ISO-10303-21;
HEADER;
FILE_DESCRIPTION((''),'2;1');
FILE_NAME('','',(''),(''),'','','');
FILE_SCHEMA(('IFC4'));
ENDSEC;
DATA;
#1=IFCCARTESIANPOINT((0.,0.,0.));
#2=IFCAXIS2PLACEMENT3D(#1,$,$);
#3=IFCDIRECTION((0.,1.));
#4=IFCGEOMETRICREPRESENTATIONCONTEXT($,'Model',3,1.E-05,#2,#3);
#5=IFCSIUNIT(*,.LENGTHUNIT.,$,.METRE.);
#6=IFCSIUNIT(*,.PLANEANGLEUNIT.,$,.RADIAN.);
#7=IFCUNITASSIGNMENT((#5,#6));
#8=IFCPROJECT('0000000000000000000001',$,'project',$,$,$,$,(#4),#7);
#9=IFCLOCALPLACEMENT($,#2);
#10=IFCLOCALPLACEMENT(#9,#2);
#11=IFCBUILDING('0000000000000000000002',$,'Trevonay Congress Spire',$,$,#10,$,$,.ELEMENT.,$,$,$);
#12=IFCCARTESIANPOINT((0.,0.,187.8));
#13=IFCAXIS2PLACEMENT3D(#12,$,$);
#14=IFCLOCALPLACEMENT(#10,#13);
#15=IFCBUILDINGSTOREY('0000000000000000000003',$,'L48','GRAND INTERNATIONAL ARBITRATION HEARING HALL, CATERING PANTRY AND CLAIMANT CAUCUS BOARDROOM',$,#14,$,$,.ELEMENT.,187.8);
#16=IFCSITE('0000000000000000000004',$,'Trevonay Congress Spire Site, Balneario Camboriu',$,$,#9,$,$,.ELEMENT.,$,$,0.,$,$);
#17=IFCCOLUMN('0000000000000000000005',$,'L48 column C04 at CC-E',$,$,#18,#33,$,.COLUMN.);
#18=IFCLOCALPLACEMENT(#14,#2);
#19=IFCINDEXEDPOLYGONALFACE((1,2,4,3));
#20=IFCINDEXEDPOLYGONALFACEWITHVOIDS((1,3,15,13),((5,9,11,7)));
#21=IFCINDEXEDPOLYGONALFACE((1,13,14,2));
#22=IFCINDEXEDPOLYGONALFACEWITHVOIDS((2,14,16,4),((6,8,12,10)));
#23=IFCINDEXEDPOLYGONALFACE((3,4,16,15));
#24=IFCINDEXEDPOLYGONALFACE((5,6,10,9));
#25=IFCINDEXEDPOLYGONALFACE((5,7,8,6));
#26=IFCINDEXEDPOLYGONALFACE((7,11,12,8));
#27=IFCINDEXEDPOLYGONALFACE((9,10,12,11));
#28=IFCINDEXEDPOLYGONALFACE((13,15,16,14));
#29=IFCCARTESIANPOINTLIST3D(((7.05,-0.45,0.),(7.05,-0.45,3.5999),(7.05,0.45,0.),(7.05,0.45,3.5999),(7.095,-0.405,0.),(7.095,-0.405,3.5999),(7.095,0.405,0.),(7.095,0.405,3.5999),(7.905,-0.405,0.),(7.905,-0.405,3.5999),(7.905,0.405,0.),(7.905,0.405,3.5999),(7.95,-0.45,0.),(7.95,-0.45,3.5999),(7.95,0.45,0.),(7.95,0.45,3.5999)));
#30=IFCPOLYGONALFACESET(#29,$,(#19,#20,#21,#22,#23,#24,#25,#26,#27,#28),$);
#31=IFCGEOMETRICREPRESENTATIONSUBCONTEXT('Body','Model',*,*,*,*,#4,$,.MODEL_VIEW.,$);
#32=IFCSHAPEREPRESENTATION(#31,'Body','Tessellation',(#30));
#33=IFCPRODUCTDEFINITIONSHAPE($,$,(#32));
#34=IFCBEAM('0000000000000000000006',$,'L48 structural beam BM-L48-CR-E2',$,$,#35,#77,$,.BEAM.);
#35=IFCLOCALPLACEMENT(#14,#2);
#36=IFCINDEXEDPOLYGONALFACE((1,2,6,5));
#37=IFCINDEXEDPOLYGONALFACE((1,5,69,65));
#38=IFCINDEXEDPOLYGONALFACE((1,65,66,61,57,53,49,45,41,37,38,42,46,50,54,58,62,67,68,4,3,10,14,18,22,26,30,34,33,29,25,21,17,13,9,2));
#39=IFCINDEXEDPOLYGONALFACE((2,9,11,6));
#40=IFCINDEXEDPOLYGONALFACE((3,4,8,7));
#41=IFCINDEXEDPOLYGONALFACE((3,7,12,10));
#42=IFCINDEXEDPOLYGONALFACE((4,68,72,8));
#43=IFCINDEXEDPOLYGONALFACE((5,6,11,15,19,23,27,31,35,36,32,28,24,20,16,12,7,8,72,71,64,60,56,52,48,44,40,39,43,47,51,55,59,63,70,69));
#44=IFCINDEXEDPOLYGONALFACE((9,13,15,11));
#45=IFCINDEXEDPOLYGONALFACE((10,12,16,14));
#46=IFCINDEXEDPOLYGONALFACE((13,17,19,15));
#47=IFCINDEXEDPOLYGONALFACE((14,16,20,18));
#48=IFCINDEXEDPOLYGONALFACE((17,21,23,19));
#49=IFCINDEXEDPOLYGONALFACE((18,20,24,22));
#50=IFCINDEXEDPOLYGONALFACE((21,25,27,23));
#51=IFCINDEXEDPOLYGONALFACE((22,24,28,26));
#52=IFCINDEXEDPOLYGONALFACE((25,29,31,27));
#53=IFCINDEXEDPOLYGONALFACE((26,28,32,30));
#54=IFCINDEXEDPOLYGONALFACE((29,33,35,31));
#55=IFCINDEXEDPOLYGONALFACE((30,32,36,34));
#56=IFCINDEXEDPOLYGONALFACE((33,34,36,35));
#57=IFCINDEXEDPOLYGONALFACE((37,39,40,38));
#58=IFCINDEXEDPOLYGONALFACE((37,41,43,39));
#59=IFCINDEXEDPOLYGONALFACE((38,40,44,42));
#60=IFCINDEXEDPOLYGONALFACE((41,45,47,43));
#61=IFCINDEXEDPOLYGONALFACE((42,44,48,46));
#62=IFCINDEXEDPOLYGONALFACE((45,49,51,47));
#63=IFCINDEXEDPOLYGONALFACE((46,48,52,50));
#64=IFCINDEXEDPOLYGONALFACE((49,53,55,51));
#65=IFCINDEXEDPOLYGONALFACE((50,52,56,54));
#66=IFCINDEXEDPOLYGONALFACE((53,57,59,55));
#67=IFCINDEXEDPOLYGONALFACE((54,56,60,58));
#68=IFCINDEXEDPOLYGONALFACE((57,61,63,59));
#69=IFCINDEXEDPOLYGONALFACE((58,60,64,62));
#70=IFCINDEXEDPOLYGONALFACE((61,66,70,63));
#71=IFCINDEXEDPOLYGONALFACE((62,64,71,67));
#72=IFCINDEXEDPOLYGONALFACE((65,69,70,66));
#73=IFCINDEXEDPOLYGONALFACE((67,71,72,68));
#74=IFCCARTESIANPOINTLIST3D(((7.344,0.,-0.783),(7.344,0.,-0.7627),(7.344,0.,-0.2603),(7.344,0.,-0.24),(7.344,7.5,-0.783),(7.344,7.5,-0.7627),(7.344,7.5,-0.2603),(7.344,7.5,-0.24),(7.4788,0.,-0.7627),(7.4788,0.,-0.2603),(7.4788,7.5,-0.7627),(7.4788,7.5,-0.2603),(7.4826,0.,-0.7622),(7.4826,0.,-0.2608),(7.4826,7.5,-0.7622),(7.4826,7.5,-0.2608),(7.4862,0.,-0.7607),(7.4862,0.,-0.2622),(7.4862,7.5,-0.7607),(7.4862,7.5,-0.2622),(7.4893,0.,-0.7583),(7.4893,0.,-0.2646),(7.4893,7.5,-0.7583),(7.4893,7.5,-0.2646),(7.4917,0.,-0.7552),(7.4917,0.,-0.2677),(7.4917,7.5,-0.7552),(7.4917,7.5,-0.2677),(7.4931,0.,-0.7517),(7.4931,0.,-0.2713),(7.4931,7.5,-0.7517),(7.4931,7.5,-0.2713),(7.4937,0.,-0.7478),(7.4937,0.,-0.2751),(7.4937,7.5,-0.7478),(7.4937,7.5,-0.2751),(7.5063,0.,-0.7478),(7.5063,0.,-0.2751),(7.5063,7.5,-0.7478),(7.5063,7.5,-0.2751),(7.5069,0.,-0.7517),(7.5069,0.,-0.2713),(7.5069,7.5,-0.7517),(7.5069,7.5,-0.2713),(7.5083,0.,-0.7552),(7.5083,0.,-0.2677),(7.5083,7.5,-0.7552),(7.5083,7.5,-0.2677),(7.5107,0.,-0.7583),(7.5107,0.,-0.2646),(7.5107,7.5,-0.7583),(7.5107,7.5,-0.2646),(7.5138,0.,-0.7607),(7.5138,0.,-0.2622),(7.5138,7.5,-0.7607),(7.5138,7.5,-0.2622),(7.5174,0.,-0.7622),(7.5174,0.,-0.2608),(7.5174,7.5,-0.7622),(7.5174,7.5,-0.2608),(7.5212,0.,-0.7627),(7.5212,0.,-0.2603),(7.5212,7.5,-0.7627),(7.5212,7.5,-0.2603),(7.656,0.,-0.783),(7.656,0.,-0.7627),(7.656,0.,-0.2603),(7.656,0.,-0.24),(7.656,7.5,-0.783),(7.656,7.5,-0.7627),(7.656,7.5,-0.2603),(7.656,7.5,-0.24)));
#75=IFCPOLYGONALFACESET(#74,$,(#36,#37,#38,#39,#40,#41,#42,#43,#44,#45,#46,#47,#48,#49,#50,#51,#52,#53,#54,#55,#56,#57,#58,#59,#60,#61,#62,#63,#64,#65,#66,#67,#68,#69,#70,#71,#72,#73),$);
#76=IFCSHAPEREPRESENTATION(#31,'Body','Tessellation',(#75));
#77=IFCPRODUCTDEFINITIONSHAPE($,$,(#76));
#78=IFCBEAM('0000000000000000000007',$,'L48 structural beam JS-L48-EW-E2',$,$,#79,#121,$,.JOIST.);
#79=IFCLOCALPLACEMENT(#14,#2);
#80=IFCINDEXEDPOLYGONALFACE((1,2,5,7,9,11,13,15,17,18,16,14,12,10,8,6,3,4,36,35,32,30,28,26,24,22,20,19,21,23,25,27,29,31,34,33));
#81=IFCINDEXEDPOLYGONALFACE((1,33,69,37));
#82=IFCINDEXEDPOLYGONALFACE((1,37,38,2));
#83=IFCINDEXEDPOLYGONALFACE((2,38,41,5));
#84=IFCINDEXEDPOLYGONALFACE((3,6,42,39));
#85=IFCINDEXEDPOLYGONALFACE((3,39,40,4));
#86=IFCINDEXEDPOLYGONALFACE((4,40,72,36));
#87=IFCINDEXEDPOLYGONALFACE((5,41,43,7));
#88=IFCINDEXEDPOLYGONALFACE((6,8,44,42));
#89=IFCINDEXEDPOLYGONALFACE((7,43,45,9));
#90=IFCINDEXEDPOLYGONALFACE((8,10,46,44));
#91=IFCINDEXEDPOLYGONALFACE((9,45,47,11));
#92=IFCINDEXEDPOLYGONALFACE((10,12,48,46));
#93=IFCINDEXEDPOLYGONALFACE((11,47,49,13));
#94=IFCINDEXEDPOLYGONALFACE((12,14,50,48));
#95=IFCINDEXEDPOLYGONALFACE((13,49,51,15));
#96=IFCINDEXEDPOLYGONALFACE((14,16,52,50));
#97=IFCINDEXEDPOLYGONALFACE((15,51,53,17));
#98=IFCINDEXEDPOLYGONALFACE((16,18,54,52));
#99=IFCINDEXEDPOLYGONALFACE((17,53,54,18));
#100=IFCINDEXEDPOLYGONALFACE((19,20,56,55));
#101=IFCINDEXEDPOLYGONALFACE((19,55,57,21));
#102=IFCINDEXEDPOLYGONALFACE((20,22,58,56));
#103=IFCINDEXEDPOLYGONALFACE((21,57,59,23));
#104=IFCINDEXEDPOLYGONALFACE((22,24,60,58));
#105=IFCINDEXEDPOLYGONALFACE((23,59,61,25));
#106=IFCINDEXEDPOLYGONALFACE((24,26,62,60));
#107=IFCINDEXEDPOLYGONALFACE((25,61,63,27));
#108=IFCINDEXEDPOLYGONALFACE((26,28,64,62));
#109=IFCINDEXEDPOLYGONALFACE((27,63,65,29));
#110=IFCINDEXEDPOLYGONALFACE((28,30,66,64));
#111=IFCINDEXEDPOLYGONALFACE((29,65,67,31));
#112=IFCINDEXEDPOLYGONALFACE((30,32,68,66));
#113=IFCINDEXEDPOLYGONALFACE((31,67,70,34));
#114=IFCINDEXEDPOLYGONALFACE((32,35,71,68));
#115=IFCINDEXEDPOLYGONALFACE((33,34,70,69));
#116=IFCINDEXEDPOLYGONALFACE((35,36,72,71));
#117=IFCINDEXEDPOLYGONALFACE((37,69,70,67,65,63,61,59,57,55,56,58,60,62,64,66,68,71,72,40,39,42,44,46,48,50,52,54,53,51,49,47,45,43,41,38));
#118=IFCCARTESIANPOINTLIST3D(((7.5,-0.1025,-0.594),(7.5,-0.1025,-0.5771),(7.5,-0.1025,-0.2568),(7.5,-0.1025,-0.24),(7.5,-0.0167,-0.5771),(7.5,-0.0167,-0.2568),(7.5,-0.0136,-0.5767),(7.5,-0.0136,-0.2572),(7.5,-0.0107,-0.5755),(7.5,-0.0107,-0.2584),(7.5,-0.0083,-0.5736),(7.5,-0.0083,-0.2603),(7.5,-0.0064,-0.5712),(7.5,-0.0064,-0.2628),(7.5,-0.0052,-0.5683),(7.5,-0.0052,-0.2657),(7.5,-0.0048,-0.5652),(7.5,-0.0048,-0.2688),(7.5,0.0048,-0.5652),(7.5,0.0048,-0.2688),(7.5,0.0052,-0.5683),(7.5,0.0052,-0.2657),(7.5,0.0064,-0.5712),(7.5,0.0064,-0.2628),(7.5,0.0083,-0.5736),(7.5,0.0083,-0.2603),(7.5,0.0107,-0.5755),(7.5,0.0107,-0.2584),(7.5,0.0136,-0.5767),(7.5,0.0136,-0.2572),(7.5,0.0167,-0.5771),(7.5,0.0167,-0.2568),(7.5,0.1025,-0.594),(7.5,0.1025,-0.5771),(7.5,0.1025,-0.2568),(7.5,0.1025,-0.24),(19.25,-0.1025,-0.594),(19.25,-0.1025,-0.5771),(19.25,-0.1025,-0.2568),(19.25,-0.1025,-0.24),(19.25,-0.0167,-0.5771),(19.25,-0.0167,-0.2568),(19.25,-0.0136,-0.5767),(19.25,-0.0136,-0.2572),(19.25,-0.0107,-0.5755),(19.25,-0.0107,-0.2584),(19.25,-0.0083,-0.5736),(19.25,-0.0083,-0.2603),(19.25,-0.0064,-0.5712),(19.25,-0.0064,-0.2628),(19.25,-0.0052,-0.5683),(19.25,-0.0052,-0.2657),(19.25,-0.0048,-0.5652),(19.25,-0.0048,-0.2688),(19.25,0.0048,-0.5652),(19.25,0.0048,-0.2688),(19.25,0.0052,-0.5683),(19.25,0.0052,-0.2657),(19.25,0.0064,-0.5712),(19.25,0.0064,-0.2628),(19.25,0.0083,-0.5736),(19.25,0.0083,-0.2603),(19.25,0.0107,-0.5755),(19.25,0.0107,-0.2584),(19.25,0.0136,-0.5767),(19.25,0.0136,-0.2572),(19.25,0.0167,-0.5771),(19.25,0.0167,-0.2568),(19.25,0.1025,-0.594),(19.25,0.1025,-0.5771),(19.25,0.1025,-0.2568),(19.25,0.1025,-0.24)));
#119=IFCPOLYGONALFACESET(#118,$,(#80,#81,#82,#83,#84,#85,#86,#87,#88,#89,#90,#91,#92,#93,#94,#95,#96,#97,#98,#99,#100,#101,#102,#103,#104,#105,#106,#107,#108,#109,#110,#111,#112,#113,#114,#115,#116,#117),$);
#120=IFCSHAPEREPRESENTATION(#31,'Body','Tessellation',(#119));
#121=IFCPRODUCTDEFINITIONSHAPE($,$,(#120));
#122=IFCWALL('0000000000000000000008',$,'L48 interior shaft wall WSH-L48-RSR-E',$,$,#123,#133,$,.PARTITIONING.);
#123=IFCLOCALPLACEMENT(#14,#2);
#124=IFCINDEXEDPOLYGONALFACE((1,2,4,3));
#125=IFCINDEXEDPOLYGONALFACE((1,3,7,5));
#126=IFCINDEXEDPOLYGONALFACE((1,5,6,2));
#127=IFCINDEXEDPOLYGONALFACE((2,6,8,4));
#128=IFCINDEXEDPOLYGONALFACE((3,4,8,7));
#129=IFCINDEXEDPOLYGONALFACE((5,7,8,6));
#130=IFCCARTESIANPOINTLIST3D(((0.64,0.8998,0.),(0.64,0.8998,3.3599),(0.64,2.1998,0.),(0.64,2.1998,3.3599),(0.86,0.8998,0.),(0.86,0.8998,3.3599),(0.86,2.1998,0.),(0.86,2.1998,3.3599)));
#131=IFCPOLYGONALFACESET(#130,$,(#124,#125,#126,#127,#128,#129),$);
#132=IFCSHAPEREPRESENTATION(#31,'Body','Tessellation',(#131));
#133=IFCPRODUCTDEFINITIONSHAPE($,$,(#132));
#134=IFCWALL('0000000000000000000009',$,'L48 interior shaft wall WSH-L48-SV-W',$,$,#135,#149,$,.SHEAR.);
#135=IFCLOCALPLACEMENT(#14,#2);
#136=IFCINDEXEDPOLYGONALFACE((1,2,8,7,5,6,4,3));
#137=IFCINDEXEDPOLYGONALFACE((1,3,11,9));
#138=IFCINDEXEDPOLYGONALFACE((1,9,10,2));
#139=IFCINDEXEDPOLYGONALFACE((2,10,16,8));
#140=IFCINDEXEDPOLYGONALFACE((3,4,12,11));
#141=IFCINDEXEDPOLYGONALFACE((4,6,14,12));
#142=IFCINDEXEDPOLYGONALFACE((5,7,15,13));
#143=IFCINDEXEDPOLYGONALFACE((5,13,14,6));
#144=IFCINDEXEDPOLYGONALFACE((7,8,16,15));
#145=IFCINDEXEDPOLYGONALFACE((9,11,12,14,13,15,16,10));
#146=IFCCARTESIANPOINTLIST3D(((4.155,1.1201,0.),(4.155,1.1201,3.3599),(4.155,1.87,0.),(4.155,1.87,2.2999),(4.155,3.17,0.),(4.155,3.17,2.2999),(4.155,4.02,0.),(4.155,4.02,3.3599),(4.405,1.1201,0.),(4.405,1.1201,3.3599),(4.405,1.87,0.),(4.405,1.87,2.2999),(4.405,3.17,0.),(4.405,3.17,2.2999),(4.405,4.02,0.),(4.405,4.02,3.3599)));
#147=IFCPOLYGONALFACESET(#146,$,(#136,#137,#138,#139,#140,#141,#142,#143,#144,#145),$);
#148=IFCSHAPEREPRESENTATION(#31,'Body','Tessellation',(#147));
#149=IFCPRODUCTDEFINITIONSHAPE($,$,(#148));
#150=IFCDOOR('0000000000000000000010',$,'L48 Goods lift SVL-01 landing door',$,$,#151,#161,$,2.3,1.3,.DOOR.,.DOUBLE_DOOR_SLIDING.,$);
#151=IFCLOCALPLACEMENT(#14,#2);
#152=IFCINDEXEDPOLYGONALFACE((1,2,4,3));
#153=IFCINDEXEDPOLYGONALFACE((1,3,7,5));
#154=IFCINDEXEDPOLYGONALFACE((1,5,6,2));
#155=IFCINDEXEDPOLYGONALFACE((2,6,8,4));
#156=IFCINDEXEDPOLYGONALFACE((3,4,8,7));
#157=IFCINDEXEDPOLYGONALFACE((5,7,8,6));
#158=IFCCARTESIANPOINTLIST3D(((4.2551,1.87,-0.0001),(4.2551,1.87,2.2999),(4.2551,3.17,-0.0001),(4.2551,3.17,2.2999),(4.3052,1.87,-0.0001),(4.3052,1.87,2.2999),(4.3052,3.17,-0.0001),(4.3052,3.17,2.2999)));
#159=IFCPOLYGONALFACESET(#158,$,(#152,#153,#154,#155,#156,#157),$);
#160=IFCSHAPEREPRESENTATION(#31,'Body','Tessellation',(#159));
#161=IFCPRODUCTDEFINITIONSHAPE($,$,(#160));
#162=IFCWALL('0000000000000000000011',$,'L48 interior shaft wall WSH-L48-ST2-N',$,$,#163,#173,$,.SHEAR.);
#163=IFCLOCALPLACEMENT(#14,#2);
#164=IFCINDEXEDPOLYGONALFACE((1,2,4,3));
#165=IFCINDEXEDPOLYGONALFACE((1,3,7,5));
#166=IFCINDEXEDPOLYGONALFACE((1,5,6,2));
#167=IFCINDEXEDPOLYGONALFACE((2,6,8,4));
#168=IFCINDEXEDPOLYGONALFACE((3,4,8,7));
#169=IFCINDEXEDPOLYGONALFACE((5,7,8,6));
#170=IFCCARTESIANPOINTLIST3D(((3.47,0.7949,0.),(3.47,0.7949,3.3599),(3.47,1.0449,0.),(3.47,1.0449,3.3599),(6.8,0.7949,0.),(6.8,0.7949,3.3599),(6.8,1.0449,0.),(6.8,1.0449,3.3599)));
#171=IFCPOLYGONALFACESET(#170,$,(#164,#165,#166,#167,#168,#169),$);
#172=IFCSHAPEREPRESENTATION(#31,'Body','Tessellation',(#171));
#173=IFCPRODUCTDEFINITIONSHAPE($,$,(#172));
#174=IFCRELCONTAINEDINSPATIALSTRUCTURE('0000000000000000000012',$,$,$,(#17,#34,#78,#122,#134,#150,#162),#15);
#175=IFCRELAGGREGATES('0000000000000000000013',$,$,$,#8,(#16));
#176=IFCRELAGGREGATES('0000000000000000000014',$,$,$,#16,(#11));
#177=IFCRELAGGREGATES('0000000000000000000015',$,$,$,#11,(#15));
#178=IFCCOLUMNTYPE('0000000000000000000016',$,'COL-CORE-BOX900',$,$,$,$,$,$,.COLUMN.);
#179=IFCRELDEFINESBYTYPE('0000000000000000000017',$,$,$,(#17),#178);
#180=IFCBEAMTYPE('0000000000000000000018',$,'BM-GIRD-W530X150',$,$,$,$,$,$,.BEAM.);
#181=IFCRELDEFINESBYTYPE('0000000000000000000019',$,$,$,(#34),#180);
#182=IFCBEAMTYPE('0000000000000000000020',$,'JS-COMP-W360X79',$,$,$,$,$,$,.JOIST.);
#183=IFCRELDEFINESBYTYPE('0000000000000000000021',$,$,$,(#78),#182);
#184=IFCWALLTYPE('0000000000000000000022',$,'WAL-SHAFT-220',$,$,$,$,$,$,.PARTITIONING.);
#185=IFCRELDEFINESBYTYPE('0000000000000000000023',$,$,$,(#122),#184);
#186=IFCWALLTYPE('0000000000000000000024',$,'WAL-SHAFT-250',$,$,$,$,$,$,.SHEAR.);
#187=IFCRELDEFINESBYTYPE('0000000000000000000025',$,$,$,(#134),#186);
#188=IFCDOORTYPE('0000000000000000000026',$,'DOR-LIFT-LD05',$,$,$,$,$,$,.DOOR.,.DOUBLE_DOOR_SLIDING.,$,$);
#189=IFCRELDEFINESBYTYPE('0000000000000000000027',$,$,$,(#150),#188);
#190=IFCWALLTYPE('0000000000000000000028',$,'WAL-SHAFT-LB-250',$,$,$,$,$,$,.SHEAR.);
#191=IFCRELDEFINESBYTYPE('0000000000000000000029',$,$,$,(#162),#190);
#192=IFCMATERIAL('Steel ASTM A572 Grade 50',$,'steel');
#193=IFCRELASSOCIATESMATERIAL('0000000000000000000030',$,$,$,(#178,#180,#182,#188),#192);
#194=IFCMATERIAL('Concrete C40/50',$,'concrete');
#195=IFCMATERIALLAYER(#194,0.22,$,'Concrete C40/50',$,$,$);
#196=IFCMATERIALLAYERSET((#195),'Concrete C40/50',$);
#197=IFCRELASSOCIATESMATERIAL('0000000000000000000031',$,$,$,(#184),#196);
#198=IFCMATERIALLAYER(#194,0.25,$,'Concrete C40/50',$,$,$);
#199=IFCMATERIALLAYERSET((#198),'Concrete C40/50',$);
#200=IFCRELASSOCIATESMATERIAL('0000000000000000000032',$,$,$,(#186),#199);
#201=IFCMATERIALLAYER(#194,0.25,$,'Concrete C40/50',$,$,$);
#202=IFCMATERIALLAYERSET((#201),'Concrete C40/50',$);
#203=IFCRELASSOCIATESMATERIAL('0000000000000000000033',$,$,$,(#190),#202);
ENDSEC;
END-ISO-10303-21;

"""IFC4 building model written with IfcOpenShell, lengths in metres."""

from ifc_helpers import new_model, si_unit, direction, frame, frame_2d, origin, origin_2d, place, context, subcontext, project, spatial, rectangle, hollow_rectangle, i_section, extrude, material, layer, layer_set, material_profile, profile_set, type_object, element, fill, save


model = new_model("IFC4")

# Units and contexts
model_context = context("Model", 3, precision=1e-05, world=origin(), true_north=direction((0.0, 1.0)))
body_context = subcontext(model_context, "Body", "Model", "MODEL_VIEW")
ifc_project = project(units=[si_unit("LENGTHUNIT", "METRE"), si_unit("PLANEANGLEUNIT", "RADIAN")], contexts=[model_context])

# Site, building, storey
site_placement = place(None, origin())
site = spatial("IfcSite", under=ifc_project, at=site_placement, Name="Trevonay Congress Spire Site, Balneario Camboriu", CompositionType="ELEMENT", RefElevation=0.0)
building_placement = place(site_placement, origin())
building = spatial("IfcBuilding", under=site, at=building_placement, Name="Trevonay Congress Spire", CompositionType="ELEMENT")
storey_placement = place(building_placement, frame((0.0, 0.0, 187.8)))
storey = spatial("IfcBuildingStorey", under=building, at=storey_placement, Name="L48", Description="GRAND INTERNATIONAL ARBITRATION HEARING HALL, CATERING PANTRY AND CLAIMANT CAUCUS BOARDROOM", CompositionType="ELEMENT", Elevation=187.8)

# Column
ifc_material_1 = material(Name="Steel ASTM A572 Grade 50", Category="steel")
ifc_material_profile_1 = material_profile(ifc_material_1, hollow_rectangle(XDim=0.8999, YDim=0.8999, WallThickness=0.0449, at=origin_2d()), Name="BOX 900x900x45")
ifc_profile_set_1 = profile_set([ifc_material_profile_1], Name="Steel ASTM A572 Grade 50")
column_type = type_object("IfcColumnType", Name="COL-CORE-BOX900", PredefinedType="COLUMN", material=ifc_profile_set_1)
column_placement = place(storey_placement, frame((7.5, 0.0, 0.0), z_axis=(0.0, 0.0, 1.0), x_axis=(1.0, 0.0, 0.0)))
element("IfcColumn", 1, at=column_placement, inside=storey, type_object=column_type, Name="L48 column C04 at CC-E", PredefinedType="COLUMN", context=body_context, shape_type="SweptSolid", body=[
    extrude(hollow_rectangle(XDim=0.8999, YDim=0.8999, WallThickness=0.0449, at=origin_2d()), origin(), (0.0, 0.0, 1.0), 3.5999),
])

# Beams
ifc_material_profile_2 = material_profile(ifc_material_1, i_section(OverallWidth=0.312, OverallDepth=0.543, WebThickness=0.0127, FlangeThickness=0.0203, FilletRadius=0.0149, at=origin_2d()), Name="W530x150")
ifc_profile_set_2 = profile_set([ifc_material_profile_2], Name="Steel ASTM A572 Grade 50")
beam_type_1 = type_object("IfcBeamType", Name="BM-GIRD-W530X150", PredefinedType="BEAM", material=ifc_profile_set_2)
beam_1_placement = place(storey_placement, frame((7.5, 0.0, -0.5115), z_axis=(0.0, 1.0, 0.0), x_axis=(-1.0, 0.0, 0.0)))
element("IfcBeam", 2, at=beam_1_placement, inside=storey, type_object=beam_type_1, Name="L48 structural beam BM-L48-CR-E2", PredefinedType="BEAM", context=body_context, shape_type="SweptSolid", body=[
    extrude(i_section(OverallWidth=0.312, OverallDepth=0.543, WebThickness=0.0127, FlangeThickness=0.0203, FilletRadius=0.0149, at=origin_2d()), origin(), (0.0, 0.0, 1.0), 7.5),
])
ifc_material_profile_3 = material_profile(ifc_material_1, i_section(OverallWidth=0.2051, OverallDepth=0.354, WebThickness=0.0095, FlangeThickness=0.0168, FilletRadius=0.012, at=origin_2d()), Name="W360x79")
ifc_profile_set_3 = profile_set([ifc_material_profile_3], Name="Steel ASTM A572 Grade 50")
beam_type_2 = type_object("IfcBeamType", Name="JS-COMP-W360X79", PredefinedType="JOIST", material=ifc_profile_set_3)
beam_2_placement = place(storey_placement, frame((7.5, 0.0, -0.417), z_axis=(1.0, 0.0, 0.0), x_axis=(0.0, 1.0, 0.0)))
element("IfcBeam", 3, at=beam_2_placement, inside=storey, type_object=beam_type_2, Name="L48 structural beam JS-L48-EW-E2", PredefinedType="JOIST", context=body_context, shape_type="SweptSolid", body=[
    extrude(i_section(OverallWidth=0.2051, OverallDepth=0.354, WebThickness=0.0095, FlangeThickness=0.0168, FilletRadius=0.012, at=origin_2d()), origin(), (0.0, 0.0, 1.0), 11.75),
])

# Wall
ifc_material_2 = material(Name="Concrete C40/50", Category="concrete")
ifc_layer_1 = layer(ifc_material_2, 0.22, Name="Concrete C40/50")
ifc_layer_set_1 = layer_set([ifc_layer_1], Name="Concrete C40/50")
wall_type_1 = type_object("IfcWallType", Name="WAL-SHAFT-220", PredefinedType="PARTITIONING", material=ifc_layer_set_1)
wall_1_placement = place(storey_placement, frame((0.75, 0.8999, 0.0), z_axis=(0.0, 0.0, 1.0), x_axis=(0.0, 1.0, 0.0)))
element("IfcWall", 4, at=wall_1_placement, inside=storey, type_object=wall_type_1, Name="L48 interior shaft wall WSH-L48-RSR-E", PredefinedType="PARTITIONING", context=body_context, shape_type="SweptSolid", body=[
    extrude(rectangle(XDim=1.3, YDim=0.22, at=frame_2d((0.6499, 0.0))), origin(), (0.0, 0.0, 1.0), 3.3599),
])

# Wall, opening, door
ifc_layer_2 = layer(ifc_material_2, 0.25, Name="Concrete C40/50")
ifc_layer_set_2 = layer_set([ifc_layer_2], Name="Concrete C40/50")
wall_type_2 = type_object("IfcWallType", Name="WAL-SHAFT-250", PredefinedType="SHEAR", material=ifc_layer_set_2)
wall_2_placement = place(storey_placement, frame((4.28, 1.1201, 0.0), z_axis=(0.0, 0.0, 1.0), x_axis=(0.0, 1.0, 0.0)))
wall_2 = element("IfcWall", 5, at=wall_2_placement, inside=storey, type_object=wall_type_2, Name="L48 interior shaft wall WSH-L48-SV-W", PredefinedType="SHEAR", context=body_context, shape_type="SweptSolid", body=[
    extrude(rectangle(XDim=2.8999, YDim=0.25, at=frame_2d((1.45, 0.0))), origin(), (0.0, 0.0, 1.0), 3.3599),
])
opening_placement = place(wall_2_placement, frame((0.75, 0.0, 0.0)))
opening = element("IfcOpeningElement", 6, at=opening_placement, cuts=wall_2, PredefinedType="OPENING", context=body_context, shape_type="SweptSolid", body=[
    extrude(rectangle(XDim=1.3, YDim=2.3, at=frame_2d((0.6499, 1.1499))), frame((0.0, 0.135, 0.0), z_axis=(0.0, -1.0, 0.0), x_axis=(1.0, 0.0, 0.0)), (0.0, 0.0, 1.0), 0.27),
])
door_type = type_object("IfcDoorType", Name="DOR-LIFT-LD05", OperationType="DOUBLE_DOOR_SLIDING", PredefinedType="DOOR", material=ifc_material_1)
door_placement = place(opening_placement, origin())
door = element("IfcDoor", 7, at=door_placement, inside=storey, type_object=door_type, Name="L48 Goods lift SVL-01 landing door", OperationType="DOUBLE_DOOR_SLIDING", OverallHeight=2.3, OverallWidth=1.3, PredefinedType="DOOR", context=body_context, shape_type="SweptSolid", body=[
    extrude(rectangle(XDim=1.3, YDim=2.3, at=frame_2d((0.6499, 1.1499))), frame((0.0, 0.0249, 0.0), z_axis=(0.0, -1.0, 0.0), x_axis=(1.0, 0.0, 0.0)), (0.0, 0.0, 1.0), 0.05),
])
fill(opening, door)

# Wall
ifc_layer_3 = layer(ifc_material_2, 0.25, Name="Concrete C40/50")
ifc_layer_set_3 = layer_set([ifc_layer_3], Name="Concrete C40/50")
wall_type_3 = type_object("IfcWallType", Name="WAL-SHAFT-LB-250", PredefinedType="SHEAR", material=ifc_layer_set_3)
wall_3_placement = place(storey_placement, frame((3.47, 0.9199, 0.0), z_axis=(0.0, 0.0, 1.0), x_axis=(1.0, 0.0, 0.0)))
element("IfcWall", 8, at=wall_3_placement, inside=storey, type_object=wall_type_3, Name="L48 interior shaft wall WSH-L48-ST2-N", PredefinedType="SHEAR", context=body_context, shape_type="SweptSolid", body=[
    extrude(rectangle(XDim=3.3301, YDim=0.25, at=frame_2d((1.665, 0.0))), origin(), (0.0, 0.0, 1.0), 3.3599),
])

save(model, "model.ifc")
